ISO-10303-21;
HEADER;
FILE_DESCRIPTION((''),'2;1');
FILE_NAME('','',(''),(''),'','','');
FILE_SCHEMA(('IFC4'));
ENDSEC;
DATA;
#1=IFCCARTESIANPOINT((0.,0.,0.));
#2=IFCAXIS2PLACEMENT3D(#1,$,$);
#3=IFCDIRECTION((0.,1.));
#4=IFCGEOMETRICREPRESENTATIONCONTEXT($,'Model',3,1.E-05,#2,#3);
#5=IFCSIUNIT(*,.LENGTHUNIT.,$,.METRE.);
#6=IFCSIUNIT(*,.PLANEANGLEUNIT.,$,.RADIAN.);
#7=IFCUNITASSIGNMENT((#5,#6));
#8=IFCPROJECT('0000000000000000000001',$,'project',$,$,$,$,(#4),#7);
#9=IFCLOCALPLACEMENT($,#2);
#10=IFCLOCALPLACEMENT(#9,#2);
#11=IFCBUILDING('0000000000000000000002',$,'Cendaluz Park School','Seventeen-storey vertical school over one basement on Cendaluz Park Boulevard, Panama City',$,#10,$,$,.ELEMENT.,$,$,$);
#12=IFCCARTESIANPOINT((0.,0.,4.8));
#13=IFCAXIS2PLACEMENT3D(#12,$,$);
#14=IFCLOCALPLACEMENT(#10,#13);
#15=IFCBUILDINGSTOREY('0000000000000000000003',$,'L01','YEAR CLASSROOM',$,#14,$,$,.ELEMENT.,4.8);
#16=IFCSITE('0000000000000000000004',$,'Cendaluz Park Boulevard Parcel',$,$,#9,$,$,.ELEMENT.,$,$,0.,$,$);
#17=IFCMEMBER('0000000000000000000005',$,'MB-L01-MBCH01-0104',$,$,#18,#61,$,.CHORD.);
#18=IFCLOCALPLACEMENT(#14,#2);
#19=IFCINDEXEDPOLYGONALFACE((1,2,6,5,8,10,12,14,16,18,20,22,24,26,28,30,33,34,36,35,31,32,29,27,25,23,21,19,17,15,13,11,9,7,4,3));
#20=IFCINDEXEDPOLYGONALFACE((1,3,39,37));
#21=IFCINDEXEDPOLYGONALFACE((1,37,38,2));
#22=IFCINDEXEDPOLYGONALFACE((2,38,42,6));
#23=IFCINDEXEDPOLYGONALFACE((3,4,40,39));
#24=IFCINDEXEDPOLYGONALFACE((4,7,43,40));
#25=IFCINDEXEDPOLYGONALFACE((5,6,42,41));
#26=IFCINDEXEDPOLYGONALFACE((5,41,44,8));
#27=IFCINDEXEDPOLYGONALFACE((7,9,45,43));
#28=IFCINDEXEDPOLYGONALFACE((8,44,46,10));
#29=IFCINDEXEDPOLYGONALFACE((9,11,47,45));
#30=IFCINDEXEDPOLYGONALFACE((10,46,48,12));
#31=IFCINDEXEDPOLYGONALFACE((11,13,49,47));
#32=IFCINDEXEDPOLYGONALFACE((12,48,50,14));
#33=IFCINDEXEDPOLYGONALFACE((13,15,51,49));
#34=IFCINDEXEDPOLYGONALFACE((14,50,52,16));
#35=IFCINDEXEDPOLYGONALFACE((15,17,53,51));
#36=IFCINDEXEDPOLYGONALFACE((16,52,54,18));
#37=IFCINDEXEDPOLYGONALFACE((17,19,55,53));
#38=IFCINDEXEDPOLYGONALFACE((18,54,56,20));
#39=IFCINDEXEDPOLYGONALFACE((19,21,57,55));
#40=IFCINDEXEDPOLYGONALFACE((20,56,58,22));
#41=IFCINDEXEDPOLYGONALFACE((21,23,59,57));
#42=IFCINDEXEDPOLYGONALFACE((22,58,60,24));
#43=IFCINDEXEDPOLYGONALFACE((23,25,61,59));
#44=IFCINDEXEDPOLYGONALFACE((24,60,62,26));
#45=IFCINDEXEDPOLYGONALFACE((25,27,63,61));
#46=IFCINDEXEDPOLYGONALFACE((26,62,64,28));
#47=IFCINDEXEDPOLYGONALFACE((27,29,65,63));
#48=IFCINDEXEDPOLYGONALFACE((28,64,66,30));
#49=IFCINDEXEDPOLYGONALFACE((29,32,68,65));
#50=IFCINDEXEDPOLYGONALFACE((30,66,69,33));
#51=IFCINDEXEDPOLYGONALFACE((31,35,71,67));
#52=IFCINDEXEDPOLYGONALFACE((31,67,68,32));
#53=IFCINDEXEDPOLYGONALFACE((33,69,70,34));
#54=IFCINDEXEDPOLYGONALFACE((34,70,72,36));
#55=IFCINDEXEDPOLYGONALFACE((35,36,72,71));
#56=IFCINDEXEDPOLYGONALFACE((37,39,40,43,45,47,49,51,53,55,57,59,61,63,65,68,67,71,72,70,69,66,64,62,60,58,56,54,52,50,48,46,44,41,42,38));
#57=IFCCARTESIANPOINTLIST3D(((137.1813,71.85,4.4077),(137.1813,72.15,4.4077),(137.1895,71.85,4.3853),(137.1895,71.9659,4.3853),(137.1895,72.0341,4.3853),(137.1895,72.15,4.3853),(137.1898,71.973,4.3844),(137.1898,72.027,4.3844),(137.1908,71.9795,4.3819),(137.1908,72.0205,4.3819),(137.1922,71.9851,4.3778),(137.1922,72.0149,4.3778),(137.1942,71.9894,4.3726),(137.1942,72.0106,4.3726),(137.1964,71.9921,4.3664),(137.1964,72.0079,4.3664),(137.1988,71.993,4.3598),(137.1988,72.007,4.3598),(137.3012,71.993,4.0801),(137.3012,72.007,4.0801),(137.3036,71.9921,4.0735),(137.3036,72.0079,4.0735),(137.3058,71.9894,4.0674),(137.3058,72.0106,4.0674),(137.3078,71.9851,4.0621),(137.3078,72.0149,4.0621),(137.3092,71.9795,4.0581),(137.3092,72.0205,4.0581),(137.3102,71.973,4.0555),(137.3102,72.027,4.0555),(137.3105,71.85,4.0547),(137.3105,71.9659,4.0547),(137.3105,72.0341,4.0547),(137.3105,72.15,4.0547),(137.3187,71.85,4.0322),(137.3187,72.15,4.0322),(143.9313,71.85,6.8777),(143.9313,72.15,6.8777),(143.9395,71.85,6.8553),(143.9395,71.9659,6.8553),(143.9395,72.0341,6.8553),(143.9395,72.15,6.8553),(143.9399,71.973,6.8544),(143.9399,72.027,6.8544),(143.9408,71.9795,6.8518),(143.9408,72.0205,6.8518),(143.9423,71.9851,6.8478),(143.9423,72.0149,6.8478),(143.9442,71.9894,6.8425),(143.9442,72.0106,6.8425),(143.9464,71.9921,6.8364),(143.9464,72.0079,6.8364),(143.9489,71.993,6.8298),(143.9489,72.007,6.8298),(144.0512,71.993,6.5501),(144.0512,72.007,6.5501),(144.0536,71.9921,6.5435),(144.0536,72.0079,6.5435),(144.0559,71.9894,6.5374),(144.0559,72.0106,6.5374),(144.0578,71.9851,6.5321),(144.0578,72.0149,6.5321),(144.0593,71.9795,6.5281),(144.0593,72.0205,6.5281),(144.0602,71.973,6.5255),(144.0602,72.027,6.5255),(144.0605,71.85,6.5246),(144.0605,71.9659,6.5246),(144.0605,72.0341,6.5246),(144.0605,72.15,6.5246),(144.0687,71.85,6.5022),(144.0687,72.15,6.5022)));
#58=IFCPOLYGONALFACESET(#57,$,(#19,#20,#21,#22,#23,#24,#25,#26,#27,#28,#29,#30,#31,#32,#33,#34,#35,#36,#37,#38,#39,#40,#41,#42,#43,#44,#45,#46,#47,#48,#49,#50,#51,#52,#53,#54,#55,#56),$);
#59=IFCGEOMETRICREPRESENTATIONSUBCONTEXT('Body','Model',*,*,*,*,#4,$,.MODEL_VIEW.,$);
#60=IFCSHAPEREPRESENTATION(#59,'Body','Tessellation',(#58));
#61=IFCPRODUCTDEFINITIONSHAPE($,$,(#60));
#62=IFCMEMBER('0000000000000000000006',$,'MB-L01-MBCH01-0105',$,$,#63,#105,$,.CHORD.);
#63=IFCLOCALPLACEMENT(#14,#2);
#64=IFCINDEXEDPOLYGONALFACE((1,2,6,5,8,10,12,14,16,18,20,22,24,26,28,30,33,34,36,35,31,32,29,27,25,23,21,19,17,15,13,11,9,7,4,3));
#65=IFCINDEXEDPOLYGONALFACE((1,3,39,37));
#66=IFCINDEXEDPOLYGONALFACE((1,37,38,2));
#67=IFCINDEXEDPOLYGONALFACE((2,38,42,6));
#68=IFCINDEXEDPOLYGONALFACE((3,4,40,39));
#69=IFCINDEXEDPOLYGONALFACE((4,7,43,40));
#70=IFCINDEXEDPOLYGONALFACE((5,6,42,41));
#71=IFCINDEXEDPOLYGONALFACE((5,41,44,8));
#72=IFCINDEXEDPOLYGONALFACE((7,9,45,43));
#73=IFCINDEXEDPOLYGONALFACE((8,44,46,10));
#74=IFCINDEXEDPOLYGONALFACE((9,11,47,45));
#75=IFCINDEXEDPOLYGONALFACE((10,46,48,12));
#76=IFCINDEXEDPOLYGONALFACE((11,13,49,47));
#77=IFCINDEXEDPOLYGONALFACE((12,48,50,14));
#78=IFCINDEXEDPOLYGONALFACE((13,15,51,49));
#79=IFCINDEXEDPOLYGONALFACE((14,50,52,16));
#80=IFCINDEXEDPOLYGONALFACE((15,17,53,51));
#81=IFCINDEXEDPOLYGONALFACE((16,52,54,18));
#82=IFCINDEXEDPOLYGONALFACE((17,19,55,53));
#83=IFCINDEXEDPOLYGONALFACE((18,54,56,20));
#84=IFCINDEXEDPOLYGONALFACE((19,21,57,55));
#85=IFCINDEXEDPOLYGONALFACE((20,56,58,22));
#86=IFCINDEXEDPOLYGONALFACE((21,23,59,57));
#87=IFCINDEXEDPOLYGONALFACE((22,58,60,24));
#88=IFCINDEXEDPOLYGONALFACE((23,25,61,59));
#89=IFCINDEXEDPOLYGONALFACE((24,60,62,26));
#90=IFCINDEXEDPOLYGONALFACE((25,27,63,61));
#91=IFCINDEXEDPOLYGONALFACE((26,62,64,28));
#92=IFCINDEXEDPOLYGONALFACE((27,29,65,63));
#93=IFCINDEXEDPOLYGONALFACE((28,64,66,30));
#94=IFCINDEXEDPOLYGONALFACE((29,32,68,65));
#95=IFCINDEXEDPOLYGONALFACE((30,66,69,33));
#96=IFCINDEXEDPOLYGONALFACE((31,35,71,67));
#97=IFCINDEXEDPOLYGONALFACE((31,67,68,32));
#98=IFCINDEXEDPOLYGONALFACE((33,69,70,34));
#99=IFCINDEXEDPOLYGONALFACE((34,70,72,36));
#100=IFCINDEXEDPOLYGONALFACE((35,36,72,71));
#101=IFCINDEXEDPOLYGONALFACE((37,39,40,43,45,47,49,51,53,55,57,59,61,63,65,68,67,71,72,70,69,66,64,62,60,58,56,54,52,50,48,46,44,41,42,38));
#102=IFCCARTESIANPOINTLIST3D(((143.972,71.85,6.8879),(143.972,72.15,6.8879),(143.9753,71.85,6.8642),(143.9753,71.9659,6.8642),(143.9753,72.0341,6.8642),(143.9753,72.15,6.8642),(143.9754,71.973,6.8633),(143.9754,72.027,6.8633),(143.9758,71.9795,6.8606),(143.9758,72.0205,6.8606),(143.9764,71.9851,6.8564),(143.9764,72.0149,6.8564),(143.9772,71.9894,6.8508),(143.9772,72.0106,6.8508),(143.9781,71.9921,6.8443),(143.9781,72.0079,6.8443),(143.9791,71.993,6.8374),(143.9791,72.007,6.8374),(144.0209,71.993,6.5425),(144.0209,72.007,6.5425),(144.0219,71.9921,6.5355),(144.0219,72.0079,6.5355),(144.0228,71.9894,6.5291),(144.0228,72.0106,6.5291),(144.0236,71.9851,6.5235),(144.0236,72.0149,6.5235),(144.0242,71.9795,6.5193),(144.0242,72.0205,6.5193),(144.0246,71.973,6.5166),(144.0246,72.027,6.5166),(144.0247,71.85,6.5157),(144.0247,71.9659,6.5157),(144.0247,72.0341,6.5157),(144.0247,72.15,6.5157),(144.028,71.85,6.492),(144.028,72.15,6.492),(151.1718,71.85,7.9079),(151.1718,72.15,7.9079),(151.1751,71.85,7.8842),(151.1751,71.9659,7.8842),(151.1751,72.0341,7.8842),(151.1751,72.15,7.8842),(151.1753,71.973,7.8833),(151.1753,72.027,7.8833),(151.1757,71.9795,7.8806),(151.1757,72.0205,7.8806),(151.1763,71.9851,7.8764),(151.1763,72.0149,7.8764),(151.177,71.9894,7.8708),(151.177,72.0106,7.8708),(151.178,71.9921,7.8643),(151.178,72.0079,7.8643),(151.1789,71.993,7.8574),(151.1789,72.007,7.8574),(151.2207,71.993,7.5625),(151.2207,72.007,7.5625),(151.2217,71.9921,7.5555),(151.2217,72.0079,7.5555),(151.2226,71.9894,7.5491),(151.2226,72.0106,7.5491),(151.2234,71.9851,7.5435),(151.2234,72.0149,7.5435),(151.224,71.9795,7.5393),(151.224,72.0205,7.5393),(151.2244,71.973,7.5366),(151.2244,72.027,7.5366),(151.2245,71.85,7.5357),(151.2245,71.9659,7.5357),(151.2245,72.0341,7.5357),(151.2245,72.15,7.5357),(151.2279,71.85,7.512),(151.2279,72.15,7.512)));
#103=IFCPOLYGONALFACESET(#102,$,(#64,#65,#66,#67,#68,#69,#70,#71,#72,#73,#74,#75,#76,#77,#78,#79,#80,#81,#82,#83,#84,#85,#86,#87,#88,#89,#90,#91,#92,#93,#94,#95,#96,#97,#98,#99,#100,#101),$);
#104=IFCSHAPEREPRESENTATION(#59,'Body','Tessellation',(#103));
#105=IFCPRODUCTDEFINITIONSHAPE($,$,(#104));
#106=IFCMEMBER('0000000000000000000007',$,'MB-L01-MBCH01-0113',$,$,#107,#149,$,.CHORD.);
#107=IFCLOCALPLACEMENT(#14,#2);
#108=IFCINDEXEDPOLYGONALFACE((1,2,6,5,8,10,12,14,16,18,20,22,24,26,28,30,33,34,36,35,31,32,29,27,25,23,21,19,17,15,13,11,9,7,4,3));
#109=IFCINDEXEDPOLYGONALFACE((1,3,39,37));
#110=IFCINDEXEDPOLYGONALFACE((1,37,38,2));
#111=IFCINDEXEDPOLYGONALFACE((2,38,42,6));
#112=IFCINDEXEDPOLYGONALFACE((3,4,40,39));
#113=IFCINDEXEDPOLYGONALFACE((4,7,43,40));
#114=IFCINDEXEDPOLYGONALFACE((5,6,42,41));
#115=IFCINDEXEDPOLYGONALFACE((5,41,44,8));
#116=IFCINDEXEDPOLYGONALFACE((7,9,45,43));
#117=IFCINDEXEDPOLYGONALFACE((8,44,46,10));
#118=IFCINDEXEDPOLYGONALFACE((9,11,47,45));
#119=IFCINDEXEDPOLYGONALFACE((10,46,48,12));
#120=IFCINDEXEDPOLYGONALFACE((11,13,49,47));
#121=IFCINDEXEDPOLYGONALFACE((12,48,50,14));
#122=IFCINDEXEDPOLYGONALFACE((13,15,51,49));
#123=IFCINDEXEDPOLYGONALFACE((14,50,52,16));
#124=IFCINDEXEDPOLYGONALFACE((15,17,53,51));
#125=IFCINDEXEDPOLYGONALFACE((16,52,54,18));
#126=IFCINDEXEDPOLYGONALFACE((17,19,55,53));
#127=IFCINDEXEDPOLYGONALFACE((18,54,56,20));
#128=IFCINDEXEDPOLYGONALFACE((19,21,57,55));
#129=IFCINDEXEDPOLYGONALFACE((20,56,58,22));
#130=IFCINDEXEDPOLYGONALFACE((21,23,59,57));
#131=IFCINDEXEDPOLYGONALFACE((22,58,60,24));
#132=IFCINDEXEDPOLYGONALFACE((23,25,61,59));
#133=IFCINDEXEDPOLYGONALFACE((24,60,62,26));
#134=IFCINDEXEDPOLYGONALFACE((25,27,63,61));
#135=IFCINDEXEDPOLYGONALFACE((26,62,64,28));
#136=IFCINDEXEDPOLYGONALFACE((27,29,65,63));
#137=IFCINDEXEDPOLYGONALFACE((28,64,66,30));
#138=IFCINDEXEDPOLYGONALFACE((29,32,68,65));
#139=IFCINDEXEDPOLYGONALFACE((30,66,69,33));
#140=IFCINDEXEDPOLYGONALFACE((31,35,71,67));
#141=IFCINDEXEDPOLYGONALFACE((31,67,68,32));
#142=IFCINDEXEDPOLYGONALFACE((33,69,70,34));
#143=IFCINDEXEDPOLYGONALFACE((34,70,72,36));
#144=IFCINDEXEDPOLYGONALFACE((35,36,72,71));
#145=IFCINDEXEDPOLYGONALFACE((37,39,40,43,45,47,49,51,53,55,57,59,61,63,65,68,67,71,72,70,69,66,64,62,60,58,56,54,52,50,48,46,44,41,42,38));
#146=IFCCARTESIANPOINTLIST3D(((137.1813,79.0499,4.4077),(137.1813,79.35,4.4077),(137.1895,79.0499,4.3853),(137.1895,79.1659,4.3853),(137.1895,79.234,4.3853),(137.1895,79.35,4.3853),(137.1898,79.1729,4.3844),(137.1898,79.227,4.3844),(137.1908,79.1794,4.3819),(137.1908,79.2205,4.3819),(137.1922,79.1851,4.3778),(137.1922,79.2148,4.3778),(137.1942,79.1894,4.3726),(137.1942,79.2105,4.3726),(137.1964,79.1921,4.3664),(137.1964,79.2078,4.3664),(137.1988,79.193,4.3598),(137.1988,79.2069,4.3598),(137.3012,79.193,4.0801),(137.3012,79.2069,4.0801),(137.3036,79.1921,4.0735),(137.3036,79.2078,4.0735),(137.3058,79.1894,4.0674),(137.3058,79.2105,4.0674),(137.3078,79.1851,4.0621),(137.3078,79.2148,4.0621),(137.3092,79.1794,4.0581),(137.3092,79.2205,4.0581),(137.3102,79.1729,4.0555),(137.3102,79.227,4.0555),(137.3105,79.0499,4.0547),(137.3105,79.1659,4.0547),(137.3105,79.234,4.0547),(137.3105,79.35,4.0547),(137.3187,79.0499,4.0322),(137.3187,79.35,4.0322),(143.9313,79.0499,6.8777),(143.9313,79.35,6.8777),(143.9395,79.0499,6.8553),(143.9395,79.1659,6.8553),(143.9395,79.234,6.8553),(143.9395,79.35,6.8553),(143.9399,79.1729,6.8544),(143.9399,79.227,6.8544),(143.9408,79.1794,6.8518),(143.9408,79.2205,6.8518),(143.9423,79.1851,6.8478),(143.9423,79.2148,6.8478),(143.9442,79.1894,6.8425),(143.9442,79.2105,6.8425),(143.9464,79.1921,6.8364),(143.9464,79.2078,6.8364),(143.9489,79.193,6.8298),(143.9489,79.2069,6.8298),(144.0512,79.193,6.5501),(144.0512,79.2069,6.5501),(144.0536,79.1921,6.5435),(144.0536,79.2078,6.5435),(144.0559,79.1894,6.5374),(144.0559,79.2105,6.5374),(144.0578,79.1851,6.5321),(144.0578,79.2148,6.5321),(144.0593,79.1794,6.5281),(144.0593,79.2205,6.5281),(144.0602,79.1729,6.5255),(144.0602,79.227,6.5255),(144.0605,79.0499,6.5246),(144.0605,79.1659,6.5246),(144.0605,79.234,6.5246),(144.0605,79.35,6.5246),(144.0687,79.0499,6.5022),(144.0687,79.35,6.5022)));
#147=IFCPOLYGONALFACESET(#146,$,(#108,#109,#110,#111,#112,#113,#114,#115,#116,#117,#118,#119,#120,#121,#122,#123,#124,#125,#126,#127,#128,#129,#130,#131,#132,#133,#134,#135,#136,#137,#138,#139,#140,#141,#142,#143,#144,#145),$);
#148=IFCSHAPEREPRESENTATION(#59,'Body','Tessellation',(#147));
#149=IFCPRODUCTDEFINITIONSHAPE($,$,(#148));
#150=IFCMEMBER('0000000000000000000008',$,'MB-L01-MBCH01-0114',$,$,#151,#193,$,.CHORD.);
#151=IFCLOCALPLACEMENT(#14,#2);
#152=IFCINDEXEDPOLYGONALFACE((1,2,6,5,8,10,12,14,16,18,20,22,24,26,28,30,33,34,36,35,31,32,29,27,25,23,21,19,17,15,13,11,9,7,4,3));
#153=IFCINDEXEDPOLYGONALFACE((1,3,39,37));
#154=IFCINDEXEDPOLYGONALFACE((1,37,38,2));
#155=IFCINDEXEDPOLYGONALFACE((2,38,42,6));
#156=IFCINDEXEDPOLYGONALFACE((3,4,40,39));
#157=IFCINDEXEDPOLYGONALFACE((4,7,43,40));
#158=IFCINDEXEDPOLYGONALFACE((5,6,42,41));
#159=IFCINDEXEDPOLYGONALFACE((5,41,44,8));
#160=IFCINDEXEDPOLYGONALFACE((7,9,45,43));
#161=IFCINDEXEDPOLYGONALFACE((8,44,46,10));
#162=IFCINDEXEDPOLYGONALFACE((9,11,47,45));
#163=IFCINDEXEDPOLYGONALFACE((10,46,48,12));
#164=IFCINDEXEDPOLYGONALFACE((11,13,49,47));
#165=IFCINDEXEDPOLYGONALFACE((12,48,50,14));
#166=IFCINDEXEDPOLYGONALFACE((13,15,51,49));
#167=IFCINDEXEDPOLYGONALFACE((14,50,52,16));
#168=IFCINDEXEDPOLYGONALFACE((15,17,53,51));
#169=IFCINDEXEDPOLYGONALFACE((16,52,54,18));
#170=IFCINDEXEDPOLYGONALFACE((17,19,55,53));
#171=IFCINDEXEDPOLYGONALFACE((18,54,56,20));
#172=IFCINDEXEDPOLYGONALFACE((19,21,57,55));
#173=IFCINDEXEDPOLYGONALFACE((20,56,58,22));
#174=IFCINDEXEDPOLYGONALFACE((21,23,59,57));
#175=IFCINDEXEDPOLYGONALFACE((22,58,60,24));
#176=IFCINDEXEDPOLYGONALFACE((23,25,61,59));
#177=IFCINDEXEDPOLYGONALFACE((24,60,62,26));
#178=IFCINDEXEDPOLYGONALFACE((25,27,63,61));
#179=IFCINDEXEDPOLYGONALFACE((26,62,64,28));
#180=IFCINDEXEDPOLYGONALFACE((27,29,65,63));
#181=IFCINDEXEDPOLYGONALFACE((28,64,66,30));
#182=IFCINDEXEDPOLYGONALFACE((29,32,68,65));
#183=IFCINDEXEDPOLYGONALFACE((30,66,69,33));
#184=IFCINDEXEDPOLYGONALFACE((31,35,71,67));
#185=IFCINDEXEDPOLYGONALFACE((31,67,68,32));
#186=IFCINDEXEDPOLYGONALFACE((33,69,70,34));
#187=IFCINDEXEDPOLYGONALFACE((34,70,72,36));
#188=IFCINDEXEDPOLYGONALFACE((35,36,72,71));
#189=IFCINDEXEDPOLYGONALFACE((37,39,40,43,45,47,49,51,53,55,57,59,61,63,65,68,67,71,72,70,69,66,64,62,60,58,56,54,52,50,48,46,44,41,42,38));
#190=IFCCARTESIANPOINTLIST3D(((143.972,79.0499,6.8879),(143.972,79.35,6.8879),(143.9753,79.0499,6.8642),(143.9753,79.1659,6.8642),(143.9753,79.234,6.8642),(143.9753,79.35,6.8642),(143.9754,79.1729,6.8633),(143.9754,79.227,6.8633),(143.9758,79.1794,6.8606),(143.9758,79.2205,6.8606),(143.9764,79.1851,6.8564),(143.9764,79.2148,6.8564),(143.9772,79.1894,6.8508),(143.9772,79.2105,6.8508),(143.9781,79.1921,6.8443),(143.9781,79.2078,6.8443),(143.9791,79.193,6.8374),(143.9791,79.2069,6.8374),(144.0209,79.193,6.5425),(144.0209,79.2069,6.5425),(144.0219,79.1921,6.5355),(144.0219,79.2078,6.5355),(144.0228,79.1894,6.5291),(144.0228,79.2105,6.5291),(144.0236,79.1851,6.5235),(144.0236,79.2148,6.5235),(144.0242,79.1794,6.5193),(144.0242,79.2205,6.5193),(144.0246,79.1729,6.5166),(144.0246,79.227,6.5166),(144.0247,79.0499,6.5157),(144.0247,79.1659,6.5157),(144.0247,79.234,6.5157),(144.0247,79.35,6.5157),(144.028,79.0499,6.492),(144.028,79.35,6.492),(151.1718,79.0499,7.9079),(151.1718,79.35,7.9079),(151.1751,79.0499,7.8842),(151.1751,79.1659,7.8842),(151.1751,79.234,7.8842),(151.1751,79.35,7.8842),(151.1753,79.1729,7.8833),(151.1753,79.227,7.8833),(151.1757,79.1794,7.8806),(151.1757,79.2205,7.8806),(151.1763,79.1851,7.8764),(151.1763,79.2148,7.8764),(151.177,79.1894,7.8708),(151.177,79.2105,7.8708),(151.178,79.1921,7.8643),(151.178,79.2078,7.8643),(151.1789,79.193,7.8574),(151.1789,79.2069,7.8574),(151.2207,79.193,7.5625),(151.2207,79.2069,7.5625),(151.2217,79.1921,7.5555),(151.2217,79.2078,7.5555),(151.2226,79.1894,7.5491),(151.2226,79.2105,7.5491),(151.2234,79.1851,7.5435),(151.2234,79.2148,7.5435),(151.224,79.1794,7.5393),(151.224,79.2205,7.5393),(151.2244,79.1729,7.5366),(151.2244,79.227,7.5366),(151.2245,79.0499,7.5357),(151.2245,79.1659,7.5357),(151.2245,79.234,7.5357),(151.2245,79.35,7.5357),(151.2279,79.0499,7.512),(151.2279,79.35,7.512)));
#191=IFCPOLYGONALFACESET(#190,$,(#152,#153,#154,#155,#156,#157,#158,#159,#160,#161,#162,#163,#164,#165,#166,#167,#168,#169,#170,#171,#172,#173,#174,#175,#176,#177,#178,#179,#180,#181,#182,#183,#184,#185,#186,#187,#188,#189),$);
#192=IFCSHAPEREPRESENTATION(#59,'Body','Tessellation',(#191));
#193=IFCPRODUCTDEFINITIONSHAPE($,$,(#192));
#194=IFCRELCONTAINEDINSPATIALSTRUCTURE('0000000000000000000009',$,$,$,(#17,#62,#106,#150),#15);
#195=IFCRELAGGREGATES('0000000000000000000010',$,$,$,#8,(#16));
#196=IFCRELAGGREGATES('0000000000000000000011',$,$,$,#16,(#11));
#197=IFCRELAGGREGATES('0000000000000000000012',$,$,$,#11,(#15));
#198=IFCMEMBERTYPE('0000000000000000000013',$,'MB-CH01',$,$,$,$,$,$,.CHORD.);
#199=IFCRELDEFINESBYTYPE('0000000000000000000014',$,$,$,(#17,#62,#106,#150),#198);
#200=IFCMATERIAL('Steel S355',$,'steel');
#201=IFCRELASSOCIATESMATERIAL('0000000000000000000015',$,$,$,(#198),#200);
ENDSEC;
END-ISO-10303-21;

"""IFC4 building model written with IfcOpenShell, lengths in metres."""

from ifc_helpers import new_model, si_unit, direction, frame, origin, origin_2d, place, context, subcontext, project, spatial, i_section, extrude, material, material_profile, profile_set, type_object, element, save


model = new_model("IFC4")

# Units and contexts
model_context = context("Model", 3, precision=1e-05, world=origin(), true_north=direction((0.0, 1.0)))
body_context = subcontext(model_context, "Body", "Model", "MODEL_VIEW")
ifc_project = project(units=[si_unit("LENGTHUNIT", "METRE"), si_unit("PLANEANGLEUNIT", "RADIAN")], contexts=[model_context])

# Site, building, storey
site_placement = place(None, origin())
site = spatial("IfcSite", under=ifc_project, at=site_placement, Name="Cendaluz Park Boulevard Parcel", CompositionType="ELEMENT", RefElevation=0.0)
building_placement = place(site_placement, origin())
building = spatial("IfcBuilding", under=site, at=building_placement, Name="Cendaluz Park School", Description="Seventeen-storey vertical school over one basement on Cendaluz Park Boulevard, Panama City", CompositionType="ELEMENT")
storey_placement = place(building_placement, frame((0.0, 0.0, 4.8)))
storey = spatial("IfcBuildingStorey", under=building, at=storey_placement, Name="L01", Description="YEAR CLASSROOM", CompositionType="ELEMENT", Elevation=4.8)

# Shared definitions
ifc_material_1 = material(Name="Steel S355", Category="steel")

# Members
ifc_material_profile_1 = material_profile(ifc_material_1, i_section(OverallWidth=0.3, OverallDepth=0.3999, WebThickness=0.0139, FlangeThickness=0.0239, FilletRadius=0.0271, at=origin_2d()), Name="HEB 400", Category="steel")
ifc_profile_set_1 = profile_set([ifc_material_profile_1], Name="Steel S355")
member_type_1 = type_object("IfcMemberType", Name="MB-CH01", PredefinedType="CHORD", material=ifc_profile_set_1)
member_1_placement = place(storey_placement, frame((137.25, 72.0, 4.22), z_axis=(0.939102, 0.0, 0.343638), x_axis=(0.0, 1.0, 0.0)))
element("IfcMember", 1, at=member_1_placement, inside=storey, type_object=member_type_1, Name="MB-L01-MBCH01-0104", PredefinedType="CHORD", context=body_context, shape_type="SweptSolid", body=[
    extrude(i_section(OverallWidth=0.3, OverallDepth=0.3999, WebThickness=0.0139, FlangeThickness=0.0239, FilletRadius=0.0271, at=origin_2d()), origin(), (0.0, 0.0, 1.0), 7.1877),
])
member_2_placement = place(storey_placement, frame((144.0, 72.0, 6.6899), z_axis=(0.990113, 0.0, 0.14027), x_axis=(0.0, 1.0, 0.0)))
element("IfcMember", 2, at=member_2_placement, inside=storey, type_object=member_type_1, Name="MB-L01-MBCH01-0105", PredefinedType="CHORD", context=body_context, shape_type="SweptSolid", body=[
    extrude(i_section(OverallWidth=0.3, OverallDepth=0.3999, WebThickness=0.0139, FlangeThickness=0.0239, FilletRadius=0.0271, at=origin_2d()), origin(), (0.0, 0.0, 1.0), 7.2717),
])
member_3_placement = place(storey_placement, frame((137.25, 79.2, 4.22), z_axis=(0.939102, 0.0, 0.343638), x_axis=(0.0, 1.0, 0.0)))
element("IfcMember", 3, at=member_3_placement, inside=storey, type_object=member_type_1, Name="MB-L01-MBCH01-0113", PredefinedType="CHORD", context=body_context, shape_type="SweptSolid", body=[
    extrude(i_section(OverallWidth=0.3, OverallDepth=0.3999, WebThickness=0.0139, FlangeThickness=0.0239, FilletRadius=0.0271, at=origin_2d()), origin(), (0.0, 0.0, 1.0), 7.1877),
])
member_4_placement = place(storey_placement, frame((144.0, 79.2, 6.6899), z_axis=(0.990113, 0.0, 0.14027), x_axis=(0.0, 1.0, 0.0)))
element("IfcMember", 4, at=member_4_placement, inside=storey, type_object=member_type_1, Name="MB-L01-MBCH01-0114", PredefinedType="CHORD", context=body_context, shape_type="SweptSolid", body=[
    extrude(i_section(OverallWidth=0.3, OverallDepth=0.3999, WebThickness=0.0139, FlangeThickness=0.0239, FilletRadius=0.0271, at=origin_2d()), origin(), (0.0, 0.0, 1.0), 7.2717),
])

save(model, "model.ifc")
